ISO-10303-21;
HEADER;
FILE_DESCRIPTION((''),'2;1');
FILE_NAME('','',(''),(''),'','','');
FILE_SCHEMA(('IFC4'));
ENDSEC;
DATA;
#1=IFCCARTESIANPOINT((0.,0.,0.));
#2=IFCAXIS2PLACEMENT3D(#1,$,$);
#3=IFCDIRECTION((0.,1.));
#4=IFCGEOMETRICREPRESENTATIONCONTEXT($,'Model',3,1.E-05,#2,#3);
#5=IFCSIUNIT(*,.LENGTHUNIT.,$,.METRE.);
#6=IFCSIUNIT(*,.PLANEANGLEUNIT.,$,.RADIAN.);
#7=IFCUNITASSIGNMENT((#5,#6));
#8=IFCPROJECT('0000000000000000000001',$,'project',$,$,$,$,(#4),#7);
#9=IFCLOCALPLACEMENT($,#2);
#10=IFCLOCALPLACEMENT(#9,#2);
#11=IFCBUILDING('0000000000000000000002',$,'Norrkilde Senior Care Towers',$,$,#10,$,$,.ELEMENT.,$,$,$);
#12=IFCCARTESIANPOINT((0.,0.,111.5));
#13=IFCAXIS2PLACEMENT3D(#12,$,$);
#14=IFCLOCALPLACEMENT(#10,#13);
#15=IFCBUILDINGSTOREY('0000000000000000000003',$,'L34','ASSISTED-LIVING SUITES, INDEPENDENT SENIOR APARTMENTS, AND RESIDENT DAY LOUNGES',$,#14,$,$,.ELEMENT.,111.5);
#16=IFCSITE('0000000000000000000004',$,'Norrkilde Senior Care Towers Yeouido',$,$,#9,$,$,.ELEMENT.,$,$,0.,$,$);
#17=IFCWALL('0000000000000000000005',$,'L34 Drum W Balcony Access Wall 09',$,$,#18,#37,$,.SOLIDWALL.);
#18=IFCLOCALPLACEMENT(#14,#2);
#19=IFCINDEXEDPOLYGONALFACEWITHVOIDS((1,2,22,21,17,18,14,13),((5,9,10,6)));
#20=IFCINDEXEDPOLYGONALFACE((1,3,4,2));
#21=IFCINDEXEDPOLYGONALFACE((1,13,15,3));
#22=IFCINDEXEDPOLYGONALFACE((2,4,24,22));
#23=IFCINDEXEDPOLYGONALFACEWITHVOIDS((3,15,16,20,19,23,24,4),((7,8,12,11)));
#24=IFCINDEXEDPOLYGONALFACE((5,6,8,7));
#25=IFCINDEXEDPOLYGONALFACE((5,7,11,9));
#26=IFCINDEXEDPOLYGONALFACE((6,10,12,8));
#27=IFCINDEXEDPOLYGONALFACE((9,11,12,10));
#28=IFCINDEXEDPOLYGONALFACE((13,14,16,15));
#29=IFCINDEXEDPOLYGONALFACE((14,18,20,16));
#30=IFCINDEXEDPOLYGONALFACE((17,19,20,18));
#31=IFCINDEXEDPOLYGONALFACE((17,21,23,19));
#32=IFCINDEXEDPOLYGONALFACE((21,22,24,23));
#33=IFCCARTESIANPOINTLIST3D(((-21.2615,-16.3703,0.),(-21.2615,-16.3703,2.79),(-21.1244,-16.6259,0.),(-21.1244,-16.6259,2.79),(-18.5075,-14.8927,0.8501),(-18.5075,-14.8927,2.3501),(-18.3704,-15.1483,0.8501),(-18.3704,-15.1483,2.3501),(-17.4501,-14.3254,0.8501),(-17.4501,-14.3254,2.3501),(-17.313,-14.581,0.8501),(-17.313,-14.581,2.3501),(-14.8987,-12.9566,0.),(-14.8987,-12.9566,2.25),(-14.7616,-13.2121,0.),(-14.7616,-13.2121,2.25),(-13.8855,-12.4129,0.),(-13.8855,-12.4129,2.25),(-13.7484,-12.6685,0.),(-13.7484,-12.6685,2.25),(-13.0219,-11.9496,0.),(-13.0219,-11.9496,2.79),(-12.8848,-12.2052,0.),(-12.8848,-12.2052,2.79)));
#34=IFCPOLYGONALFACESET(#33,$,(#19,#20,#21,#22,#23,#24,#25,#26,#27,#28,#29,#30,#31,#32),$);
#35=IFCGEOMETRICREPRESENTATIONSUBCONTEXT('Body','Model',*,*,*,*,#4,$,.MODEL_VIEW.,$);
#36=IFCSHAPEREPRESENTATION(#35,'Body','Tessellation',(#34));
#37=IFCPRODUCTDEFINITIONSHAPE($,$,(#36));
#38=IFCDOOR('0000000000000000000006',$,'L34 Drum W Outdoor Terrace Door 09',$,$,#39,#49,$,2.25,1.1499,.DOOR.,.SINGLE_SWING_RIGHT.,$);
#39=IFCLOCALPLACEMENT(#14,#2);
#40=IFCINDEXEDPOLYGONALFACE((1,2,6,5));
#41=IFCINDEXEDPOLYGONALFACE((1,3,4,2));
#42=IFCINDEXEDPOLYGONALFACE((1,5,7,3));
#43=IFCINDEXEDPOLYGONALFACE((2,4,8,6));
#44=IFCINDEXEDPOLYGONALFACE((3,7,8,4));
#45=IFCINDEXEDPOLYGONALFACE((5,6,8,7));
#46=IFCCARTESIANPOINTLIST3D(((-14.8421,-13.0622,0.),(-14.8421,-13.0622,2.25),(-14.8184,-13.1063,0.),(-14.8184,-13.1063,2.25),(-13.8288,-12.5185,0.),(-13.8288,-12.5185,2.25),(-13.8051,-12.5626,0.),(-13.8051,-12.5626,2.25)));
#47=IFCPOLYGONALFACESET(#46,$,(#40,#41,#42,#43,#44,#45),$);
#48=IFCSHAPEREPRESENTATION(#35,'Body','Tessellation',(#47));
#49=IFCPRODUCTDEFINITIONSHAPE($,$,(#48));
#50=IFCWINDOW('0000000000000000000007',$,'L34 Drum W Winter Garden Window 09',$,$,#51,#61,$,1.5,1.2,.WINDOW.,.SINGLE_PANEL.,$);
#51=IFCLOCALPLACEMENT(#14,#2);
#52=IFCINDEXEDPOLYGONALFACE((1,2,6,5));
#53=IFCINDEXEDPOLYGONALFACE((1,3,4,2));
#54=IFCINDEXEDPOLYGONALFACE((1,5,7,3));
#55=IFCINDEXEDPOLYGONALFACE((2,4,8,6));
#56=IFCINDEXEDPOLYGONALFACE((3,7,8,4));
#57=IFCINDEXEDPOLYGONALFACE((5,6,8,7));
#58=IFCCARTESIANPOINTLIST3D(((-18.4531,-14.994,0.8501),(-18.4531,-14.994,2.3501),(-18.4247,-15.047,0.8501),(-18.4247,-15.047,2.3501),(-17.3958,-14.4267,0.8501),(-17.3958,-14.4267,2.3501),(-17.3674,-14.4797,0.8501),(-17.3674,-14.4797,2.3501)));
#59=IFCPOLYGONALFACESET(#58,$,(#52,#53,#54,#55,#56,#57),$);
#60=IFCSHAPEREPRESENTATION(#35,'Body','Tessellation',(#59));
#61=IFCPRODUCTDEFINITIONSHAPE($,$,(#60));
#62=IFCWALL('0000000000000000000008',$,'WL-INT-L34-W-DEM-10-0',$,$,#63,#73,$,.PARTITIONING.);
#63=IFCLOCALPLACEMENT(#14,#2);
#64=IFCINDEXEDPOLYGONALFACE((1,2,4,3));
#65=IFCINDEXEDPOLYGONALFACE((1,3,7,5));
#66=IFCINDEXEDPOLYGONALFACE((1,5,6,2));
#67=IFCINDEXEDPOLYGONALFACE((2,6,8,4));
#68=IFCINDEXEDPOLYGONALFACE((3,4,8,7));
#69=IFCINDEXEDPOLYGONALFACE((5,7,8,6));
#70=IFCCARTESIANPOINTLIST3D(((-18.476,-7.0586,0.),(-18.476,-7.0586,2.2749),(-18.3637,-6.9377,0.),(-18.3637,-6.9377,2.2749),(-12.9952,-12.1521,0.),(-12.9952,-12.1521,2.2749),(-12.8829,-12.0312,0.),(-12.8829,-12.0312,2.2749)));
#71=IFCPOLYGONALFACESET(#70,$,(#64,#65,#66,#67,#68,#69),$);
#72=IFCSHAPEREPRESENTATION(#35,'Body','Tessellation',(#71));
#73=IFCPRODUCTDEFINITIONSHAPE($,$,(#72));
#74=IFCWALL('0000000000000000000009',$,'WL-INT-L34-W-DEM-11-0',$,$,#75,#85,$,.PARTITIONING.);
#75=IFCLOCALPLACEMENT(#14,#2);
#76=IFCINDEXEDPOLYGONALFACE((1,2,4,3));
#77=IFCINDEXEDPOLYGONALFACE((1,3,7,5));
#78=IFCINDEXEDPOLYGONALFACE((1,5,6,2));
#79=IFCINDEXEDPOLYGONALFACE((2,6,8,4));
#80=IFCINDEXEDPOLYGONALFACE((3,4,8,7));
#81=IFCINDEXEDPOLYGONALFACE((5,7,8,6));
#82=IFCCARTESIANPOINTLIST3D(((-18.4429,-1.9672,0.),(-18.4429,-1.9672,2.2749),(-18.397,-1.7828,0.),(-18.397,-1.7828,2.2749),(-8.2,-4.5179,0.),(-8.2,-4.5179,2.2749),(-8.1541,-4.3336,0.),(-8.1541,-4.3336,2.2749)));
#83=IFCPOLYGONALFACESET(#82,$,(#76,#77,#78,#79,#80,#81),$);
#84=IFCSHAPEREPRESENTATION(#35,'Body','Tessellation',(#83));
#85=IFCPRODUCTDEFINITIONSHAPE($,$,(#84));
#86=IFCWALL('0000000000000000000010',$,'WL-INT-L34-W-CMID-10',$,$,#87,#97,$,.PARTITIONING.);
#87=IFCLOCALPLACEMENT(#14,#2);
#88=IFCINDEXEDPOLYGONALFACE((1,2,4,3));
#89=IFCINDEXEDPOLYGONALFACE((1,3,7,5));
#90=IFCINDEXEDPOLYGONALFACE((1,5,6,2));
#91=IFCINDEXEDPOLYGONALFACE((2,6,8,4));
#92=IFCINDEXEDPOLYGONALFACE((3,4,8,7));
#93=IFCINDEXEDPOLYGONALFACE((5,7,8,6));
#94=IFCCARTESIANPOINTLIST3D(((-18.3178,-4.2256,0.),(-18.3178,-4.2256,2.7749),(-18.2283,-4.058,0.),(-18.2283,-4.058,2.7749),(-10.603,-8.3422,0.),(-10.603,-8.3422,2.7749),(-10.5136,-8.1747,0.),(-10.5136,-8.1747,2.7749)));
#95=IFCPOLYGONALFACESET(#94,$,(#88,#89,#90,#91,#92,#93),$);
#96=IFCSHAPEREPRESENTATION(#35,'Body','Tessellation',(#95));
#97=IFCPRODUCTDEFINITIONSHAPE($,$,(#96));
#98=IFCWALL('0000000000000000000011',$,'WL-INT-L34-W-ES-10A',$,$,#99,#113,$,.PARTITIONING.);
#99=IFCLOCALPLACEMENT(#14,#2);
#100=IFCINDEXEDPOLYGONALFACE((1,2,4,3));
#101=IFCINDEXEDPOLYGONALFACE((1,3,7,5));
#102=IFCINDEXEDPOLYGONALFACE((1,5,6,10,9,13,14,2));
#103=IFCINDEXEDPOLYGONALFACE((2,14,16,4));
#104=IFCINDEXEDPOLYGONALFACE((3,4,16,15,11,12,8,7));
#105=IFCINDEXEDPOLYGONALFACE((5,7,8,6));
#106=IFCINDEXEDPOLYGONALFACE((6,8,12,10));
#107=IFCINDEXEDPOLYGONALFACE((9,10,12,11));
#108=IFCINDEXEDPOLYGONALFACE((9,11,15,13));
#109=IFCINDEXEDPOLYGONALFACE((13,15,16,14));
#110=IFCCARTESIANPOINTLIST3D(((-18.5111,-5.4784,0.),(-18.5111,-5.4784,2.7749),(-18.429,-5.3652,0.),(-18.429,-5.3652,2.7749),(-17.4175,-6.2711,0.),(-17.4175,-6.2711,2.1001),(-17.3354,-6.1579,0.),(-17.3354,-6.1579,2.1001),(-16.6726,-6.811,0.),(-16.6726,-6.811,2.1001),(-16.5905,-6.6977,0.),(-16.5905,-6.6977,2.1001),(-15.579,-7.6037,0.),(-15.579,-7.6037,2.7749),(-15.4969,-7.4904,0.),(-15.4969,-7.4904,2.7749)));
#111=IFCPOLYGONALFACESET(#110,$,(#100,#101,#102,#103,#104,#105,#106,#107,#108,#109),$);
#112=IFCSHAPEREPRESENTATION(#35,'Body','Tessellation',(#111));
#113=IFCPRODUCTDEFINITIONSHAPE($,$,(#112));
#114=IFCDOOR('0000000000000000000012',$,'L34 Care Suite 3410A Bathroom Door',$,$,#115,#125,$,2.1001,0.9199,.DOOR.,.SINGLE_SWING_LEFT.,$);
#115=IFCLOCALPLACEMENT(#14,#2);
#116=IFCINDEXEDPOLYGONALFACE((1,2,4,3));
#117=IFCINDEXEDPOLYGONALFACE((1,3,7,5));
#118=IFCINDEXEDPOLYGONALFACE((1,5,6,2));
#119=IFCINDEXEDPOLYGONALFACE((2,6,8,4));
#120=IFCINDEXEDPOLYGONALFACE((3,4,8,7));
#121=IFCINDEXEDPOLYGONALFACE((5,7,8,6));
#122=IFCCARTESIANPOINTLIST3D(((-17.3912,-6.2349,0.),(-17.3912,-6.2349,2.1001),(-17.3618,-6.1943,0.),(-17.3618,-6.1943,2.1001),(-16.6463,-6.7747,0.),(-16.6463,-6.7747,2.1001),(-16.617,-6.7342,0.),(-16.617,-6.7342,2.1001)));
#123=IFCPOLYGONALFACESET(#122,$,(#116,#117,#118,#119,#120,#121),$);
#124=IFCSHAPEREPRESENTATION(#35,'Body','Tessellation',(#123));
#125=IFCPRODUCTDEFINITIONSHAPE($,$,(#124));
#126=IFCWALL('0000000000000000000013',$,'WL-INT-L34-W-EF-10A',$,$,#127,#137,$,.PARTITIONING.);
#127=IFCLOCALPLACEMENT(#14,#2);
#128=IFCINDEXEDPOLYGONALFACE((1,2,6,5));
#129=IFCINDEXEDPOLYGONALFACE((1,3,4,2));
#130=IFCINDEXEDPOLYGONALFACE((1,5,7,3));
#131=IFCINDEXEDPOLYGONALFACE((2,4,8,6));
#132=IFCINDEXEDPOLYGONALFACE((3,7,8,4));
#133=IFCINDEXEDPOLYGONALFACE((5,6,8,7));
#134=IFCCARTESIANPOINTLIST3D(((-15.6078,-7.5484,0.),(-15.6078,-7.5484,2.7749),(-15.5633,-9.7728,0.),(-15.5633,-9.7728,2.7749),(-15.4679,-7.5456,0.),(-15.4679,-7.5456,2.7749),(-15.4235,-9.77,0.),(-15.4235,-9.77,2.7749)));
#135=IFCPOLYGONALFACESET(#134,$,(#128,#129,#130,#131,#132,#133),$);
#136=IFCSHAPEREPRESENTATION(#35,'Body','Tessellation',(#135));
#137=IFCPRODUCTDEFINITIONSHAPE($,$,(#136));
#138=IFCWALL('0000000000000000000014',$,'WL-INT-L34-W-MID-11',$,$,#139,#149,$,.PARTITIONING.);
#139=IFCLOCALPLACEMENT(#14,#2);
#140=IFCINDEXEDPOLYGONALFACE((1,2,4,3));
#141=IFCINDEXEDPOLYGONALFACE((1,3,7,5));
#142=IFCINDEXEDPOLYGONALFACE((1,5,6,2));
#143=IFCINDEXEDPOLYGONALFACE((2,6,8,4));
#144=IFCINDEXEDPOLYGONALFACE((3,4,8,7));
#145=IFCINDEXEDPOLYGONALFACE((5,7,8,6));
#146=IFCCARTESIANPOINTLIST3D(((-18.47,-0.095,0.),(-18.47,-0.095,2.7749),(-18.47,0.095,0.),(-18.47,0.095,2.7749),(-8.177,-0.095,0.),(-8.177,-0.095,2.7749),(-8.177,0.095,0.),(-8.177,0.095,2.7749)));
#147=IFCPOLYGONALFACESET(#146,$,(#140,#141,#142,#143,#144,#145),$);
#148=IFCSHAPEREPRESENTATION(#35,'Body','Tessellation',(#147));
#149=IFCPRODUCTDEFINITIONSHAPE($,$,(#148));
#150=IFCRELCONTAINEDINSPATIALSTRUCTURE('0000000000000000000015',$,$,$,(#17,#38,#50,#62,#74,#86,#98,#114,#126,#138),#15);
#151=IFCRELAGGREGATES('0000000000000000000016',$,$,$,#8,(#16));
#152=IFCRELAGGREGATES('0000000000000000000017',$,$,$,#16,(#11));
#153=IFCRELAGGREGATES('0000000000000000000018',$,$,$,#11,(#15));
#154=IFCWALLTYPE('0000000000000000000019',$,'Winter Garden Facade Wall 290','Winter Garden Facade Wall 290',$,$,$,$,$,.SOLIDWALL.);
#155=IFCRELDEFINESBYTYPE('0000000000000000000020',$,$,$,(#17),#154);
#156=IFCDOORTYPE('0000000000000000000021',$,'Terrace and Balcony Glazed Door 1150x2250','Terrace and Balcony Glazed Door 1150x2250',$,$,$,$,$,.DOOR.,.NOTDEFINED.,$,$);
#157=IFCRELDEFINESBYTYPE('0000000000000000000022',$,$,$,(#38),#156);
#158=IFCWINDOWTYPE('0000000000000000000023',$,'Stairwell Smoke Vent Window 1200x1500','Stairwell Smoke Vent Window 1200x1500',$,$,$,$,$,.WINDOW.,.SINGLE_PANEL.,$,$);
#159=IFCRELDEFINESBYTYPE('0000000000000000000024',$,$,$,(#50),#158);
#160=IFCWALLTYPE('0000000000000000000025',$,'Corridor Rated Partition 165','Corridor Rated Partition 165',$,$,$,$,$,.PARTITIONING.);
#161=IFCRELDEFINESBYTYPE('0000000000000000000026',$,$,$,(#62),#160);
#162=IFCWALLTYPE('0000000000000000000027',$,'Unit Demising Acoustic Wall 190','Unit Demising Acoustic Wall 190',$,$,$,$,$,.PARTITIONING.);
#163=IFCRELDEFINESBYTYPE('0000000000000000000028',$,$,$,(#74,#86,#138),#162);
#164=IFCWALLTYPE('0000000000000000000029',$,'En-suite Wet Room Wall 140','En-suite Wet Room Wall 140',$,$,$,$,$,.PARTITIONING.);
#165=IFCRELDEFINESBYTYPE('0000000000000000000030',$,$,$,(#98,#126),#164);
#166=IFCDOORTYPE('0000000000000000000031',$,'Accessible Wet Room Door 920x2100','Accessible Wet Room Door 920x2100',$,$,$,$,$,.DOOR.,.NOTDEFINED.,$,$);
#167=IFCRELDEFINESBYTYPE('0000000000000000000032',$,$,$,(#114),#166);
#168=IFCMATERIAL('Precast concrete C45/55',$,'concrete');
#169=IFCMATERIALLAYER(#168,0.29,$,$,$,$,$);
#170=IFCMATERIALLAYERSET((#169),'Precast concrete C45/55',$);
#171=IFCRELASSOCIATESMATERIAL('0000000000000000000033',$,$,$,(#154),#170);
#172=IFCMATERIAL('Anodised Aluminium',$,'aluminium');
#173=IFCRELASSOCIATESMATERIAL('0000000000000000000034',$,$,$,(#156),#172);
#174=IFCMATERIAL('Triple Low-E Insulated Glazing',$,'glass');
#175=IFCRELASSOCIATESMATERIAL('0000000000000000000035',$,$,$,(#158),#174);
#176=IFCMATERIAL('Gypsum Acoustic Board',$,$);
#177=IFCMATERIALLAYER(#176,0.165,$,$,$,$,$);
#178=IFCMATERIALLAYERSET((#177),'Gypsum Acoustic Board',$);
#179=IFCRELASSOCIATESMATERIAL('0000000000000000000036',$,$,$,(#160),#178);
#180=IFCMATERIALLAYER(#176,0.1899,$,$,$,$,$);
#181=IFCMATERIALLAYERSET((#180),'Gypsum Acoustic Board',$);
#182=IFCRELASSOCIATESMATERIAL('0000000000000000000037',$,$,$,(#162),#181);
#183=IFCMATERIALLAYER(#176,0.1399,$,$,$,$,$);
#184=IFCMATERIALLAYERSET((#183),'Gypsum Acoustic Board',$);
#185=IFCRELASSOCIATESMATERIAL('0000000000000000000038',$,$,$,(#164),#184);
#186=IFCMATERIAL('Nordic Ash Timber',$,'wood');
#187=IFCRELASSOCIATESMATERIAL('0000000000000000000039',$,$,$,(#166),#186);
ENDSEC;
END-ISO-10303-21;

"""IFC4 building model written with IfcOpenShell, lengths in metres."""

from ifc_helpers import new_model, si_unit, direction, frame, frame_2d, origin, place, context, subcontext, project, spatial, rectangle, extrude, source, transform, mapped, material, layer, layer_set, type_object, type_shapes, element, fill, save


model = new_model("IFC4")

# Units and contexts
model_context = context("Model", 3, precision=1e-05, world=origin(), true_north=direction((0.0, 1.0)))
body_context = subcontext(model_context, "Body", "Model", "MODEL_VIEW")
ifc_project = project(units=[si_unit("LENGTHUNIT", "METRE"), si_unit("PLANEANGLEUNIT", "RADIAN")], contexts=[model_context])

# Site, building, storey
site_placement = place(None, origin())
site = spatial("IfcSite", under=ifc_project, at=site_placement, Name="Norrkilde Senior Care Towers Yeouido", CompositionType="ELEMENT", RefElevation=0.0)
building_placement = place(site_placement, origin())
building = spatial("IfcBuilding", under=site, at=building_placement, Name="Norrkilde Senior Care Towers", CompositionType="ELEMENT")
storey_placement = place(building_placement, frame((0.0, 0.0, 111.5)))
storey = spatial("IfcBuildingStorey", under=building, at=storey_placement, Name="L34", Description="ASSISTED-LIVING SUITES, INDEPENDENT SENIOR APARTMENTS, AND RESIDENT DAY LOUNGES", CompositionType="ELEMENT", Elevation=111.5)

# Shared definitions
ifc_material_1 = material(Name="Triple Low-E Insulated Glazing", Category="glass")
ifc_material_2 = material(Name="Anodised Aluminium", Category="aluminium")

# Wall, openings, door, window
ifc_material_3 = material(Name="Precast concrete C45/55", Category="concrete")
ifc_layer_1 = layer(ifc_material_3, 0.29)
ifc_layer_set_1 = layer_set([ifc_layer_1], Name="Precast concrete C45/55")
wall_type_1 = type_object("IfcWallType", Name="Winter Garden Facade Wall 290", Description="Winter Garden Facade Wall 290", PredefinedType="SOLIDWALL", material=ifc_layer_set_1)
shared_shape_1 = source(origin(), body_context, "Body", "SweptSolid", [
    extrude(rectangle(XDim=9.3506, YDim=0.29, at=frame_2d((4.6753, 0.0))), origin(), (0.0, 0.0, 1.0), 2.79),
])
type_shapes(wall_type_1, [shared_shape_1])
wall_1_placement = place(storey_placement, frame((-12.9534, -12.0774, 0.0), z_axis=(0.0, 0.0, 1.0), x_axis=(-0.881184, -0.472773, 0.0)))
wall_1 = element("IfcWall", 1, at=wall_1_placement, inside=storey, type_object=wall_type_1, Name="L34 Drum W Balcony Access Wall 09", PredefinedType="SOLIDWALL", context=body_context, shape_type="MappedRepresentation", body=[
    mapped(shared_shape_1, transform((0.0, 0.0, 0.0), x_axis=(1.0, 0.0, 0.0), y_axis=(0.0, 1.0, 0.0), z_axis=(0.0, 0.0, 1.0), scale=1.0)),
])
opening_1_placement = place(wall_1_placement, frame((0.98, 0.0, 0.0)))
opening_1 = element("IfcOpeningElement", 2, at=opening_1_placement, cuts=wall_1, PredefinedType="OPENING", context=body_context, shape_type="SweptSolid", body=[
    extrude(rectangle(XDim=1.1499, YDim=2.25, at=frame_2d((0.575, 1.125))), frame((0.0, 0.155, 0.0), z_axis=(0.0, -1.0, 0.0), x_axis=(1.0, 0.0, 0.0)), (0.0, 0.0, 1.0), 0.3101),
])
opening_2_placement = place(wall_1_placement, frame((5.0251, 0.0, 0.8501)))
opening_2 = element("IfcOpeningElement", 3, at=opening_2_placement, cuts=wall_1, PredefinedType="OPENING", context=body_context, shape_type="SweptSolid", body=[
    extrude(rectangle(XDim=1.2, YDim=1.5, at=frame_2d((0.6001, 0.75))), frame((0.0, 0.155, 0.0), z_axis=(0.0, -1.0, 0.0), x_axis=(1.0, 0.0, 0.0)), (0.0, 0.0, 1.0), 0.3101),
])
door_type_1 = type_object("IfcDoorType", Name="Terrace and Balcony Glazed Door 1150x2250", Description="Terrace and Balcony Glazed Door 1150x2250", OperationType="NOTDEFINED", PredefinedType="DOOR", material=ifc_material_2)
shared_shape_2 = source(origin(), body_context, "Body", "SweptSolid", [
    extrude(rectangle(XDim=1.1499, YDim=2.25, at=frame_2d((0.575, 1.125))), frame((0.0, 0.0249, 0.0), z_axis=(0.0, -1.0, 0.0), x_axis=(1.0, 0.0, 0.0)), (0.0, 0.0, 1.0), 0.05),
])
type_shapes(door_type_1, [shared_shape_2])
door_1_placement = place(opening_1_placement, origin())
door_1 = element("IfcDoor", 4, at=door_1_placement, inside=storey, type_object=door_type_1, Name="L34 Drum W Outdoor Terrace Door 09", OperationType="SINGLE_SWING_RIGHT", OverallHeight=2.25, OverallWidth=1.1499, PredefinedType="DOOR", context=body_context, shape_type="MappedRepresentation", body=[
    mapped(shared_shape_2, transform((0.0, 0.0, 0.0), x_axis=(1.0, 0.0, 0.0), y_axis=(0.0, 1.0, 0.0), z_axis=(0.0, 0.0, 1.0), scale=1.0)),
])
fill(opening_1, door_1)
window_type = type_object("IfcWindowType", Name="Stairwell Smoke Vent Window 1200x1500", Description="Stairwell Smoke Vent Window 1200x1500", PartitioningType="SINGLE_PANEL", PredefinedType="WINDOW", material=ifc_material_1)
shared_shape_3 = source(origin(), body_context, "Body", "SweptSolid", [
    extrude(rectangle(XDim=1.2, YDim=1.5, at=frame_2d((0.6001, 0.75))), frame((0.0, 0.03, 0.0), z_axis=(0.0, -1.0, 0.0), x_axis=(1.0, 0.0, 0.0)), (0.0, 0.0, 1.0), 0.0601),
])
type_shapes(window_type, [shared_shape_3])
window_placement = place(opening_2_placement, origin())
window = element("IfcWindow", 5, at=window_placement, inside=storey, type_object=window_type, Name="L34 Drum W Winter Garden Window 09", OverallHeight=1.5, OverallWidth=1.2, PartitioningType="SINGLE_PANEL", PredefinedType="WINDOW", context=body_context, shape_type="MappedRepresentation", body=[
    mapped(shared_shape_3, transform((0.0, 0.0, 0.0), x_axis=(1.0, 0.0, 0.0), y_axis=(0.0, 1.0, 0.0), z_axis=(0.0, 0.0, 1.0), scale=1.0)),
])
fill(opening_2, window)

# Walls
ifc_material_4 = material(Name="Gypsum Acoustic Board")
ifc_layer_2 = layer(ifc_material_4, 0.165)
ifc_layer_set_2 = layer_set([ifc_layer_2], Name="Gypsum Acoustic Board")
wall_type_2 = type_object("IfcWallType", Name="Corridor Rated Partition 165", Description="Corridor Rated Partition 165", PredefinedType="PARTITIONING", material=ifc_layer_set_2)
shared_shape_4 = source(origin(), body_context, "Body", "SweptSolid", [
    extrude(rectangle(XDim=7.4822, YDim=0.165, at=frame_2d((3.7412, 0.0))), origin(), (0.0, 0.0, 1.0), 2.2749),
])
type_shapes(wall_type_2, [shared_shape_4])
wall_2_placement = place(storey_placement, frame((-18.4199, -6.998, 0.0), z_axis=(0.0, 0.0, 1.0), x_axis=(0.732509, -0.680758, 0.0)))
element("IfcWall", 6, at=wall_2_placement, inside=storey, type_object=wall_type_2, Name="WL-INT-L34-W-DEM-10-0", PredefinedType="PARTITIONING", context=body_context, shape_type="MappedRepresentation", body=[
    mapped(shared_shape_4, transform((0.0, 0.0, 0.0), x_axis=(1.0, 0.0, 0.0), y_axis=(0.0, 1.0, 0.0), z_axis=(0.0, 0.0, 1.0), scale=1.0)),
])
ifc_layer_3 = layer(ifc_material_4, 0.1899)
ifc_layer_set_3 = layer_set([ifc_layer_3], Name="Gypsum Acoustic Board")
wall_type_3 = type_object("IfcWallType", Name="Unit Demising Acoustic Wall 190", Description="Unit Demising Acoustic Wall 190", PredefinedType="PARTITIONING", material=ifc_layer_set_3)
shared_shape_5 = source(origin(), body_context, "Body", "SweptSolid", [
    extrude(rectangle(XDim=10.5557, YDim=0.1899, at=frame_2d((5.2778, 0.0))), origin(), (0.0, 0.0, 1.0), 2.2749),
])
wall_3_placement = place(storey_placement, frame((-18.4199, -1.875, 0.0), z_axis=(0.0, 0.0, 1.0), x_axis=(0.970364, -0.241648, 0.0)))
element("IfcWall", 7, at=wall_3_placement, inside=storey, type_object=wall_type_3, Name="WL-INT-L34-W-DEM-11-0", PredefinedType="PARTITIONING", context=body_context, shape_type="MappedRepresentation", body=[
    mapped(shared_shape_5, transform((0.0, 0.0, 0.0), x_axis=(1.0, 0.0, 0.0), y_axis=(0.0, 1.0, 0.0), z_axis=(0.0, 0.0, 1.0), scale=1.0)),
])
shared_shape_6 = source(origin(), body_context, "Body", "SweptSolid", [
    extrude(rectangle(XDim=8.7444, YDim=0.1899, at=frame_2d((4.3721, 0.0))), origin(), (0.0, 0.0, 1.0), 2.7749),
])
wall_4_placement = place(storey_placement, frame((-18.2729, -4.1418, 0.0), z_axis=(0.0, 0.0, 1.0), x_axis=(0.882252, -0.470777, 0.0)))
element("IfcWall", 8, at=wall_4_placement, inside=storey, type_object=wall_type_3, Name="WL-INT-L34-W-CMID-10", PredefinedType="PARTITIONING", context=body_context, shape_type="MappedRepresentation", body=[
    mapped(shared_shape_6, transform((0.0, 0.0, 0.0), x_axis=(1.0, 0.0, 0.0), y_axis=(0.0, 1.0, 0.0), z_axis=(0.0, 0.0, 1.0), scale=1.0)),
])

# Wall, opening, door
ifc_layer_4 = layer(ifc_material_4, 0.1399)
ifc_layer_set_4 = layer_set([ifc_layer_4], Name="Gypsum Acoustic Board")
wall_type_4 = type_object("IfcWallType", Name="En-suite Wet Room Wall 140", Description="En-suite Wet Room Wall 140", PredefinedType="PARTITIONING", material=ifc_layer_set_4)
shared_shape_7 = source(origin(), body_context, "Body", "SweptSolid", [
    extrude(rectangle(XDim=3.6213, YDim=0.1399, at=frame_2d((1.8105, 0.0))), origin(), (0.0, 0.0, 1.0), 2.7749),
])
wall_5_placement = place(storey_placement, frame((-18.47, -5.4219, 0.0), z_axis=(0.0, 0.0, 1.0), x_axis=(0.809683, -0.586868, 0.0)))
wall_5 = element("IfcWall", 9, at=wall_5_placement, inside=storey, type_object=wall_type_4, Name="WL-INT-L34-W-ES-10A", PredefinedType="PARTITIONING", context=body_context, shape_type="MappedRepresentation", body=[
    mapped(shared_shape_7, transform((0.0, 0.0, 0.0), x_axis=(1.0, 0.0, 0.0), y_axis=(0.0, 1.0, 0.0), z_axis=(0.0, 0.0, 1.0), scale=1.0)),
])
opening_3_placement = place(wall_5_placement, frame((1.3506, 0.0, 0.0)))
opening_3 = element("IfcOpeningElement", 10, at=opening_3_placement, cuts=wall_5, PredefinedType="OPENING", context=body_context, shape_type="SweptSolid", body=[
    extrude(rectangle(XDim=0.9199, YDim=2.1001, at=frame_2d((0.46, 1.05))), frame((0.0, 0.0798, 0.0), z_axis=(0.0, -1.0, 0.0), x_axis=(1.0, 0.0, 0.0)), (0.0, 0.0, 1.0), 0.1599),
])
ifc_material_5 = material(Name="Nordic Ash Timber", Category="wood")
door_type_2 = type_object("IfcDoorType", Name="Accessible Wet Room Door 920x2100", Description="Accessible Wet Room Door 920x2100", OperationType="NOTDEFINED", PredefinedType="DOOR", material=ifc_material_5)
shared_shape_8 = source(origin(), body_context, "Body", "SweptSolid", [
    extrude(rectangle(XDim=0.9199, YDim=2.1001, at=frame_2d((0.46, 1.05))), frame((0.0, 0.0249, 0.0), z_axis=(0.0, -1.0, 0.0), x_axis=(1.0, 0.0, 0.0)), (0.0, 0.0, 1.0), 0.05),
])
type_shapes(door_type_2, [shared_shape_8])
door_2_placement = place(opening_3_placement, origin())
door_2 = element("IfcDoor", 11, at=door_2_placement, inside=storey, type_object=door_type_2, Name="L34 Care Suite 3410A Bathroom Door", OperationType="SINGLE_SWING_LEFT", OverallHeight=2.1001, OverallWidth=0.9199, PredefinedType="DOOR", context=body_context, shape_type="MappedRepresentation", body=[
    mapped(shared_shape_8, transform((0.0, 0.0, 0.0), x_axis=(1.0, 0.0, 0.0), y_axis=(0.0, 1.0, 0.0), z_axis=(0.0, 0.0, 1.0), scale=1.0)),
])
fill(opening_3, door_2)

# Walls
shared_shape_9 = source(origin(), body_context, "Body", "SweptSolid", [
    extrude(rectangle(XDim=2.2249, YDim=0.1399, at=frame_2d((1.1123, 0.0))), origin(), (0.0, 0.0, 1.0), 2.7749),
])
type_shapes(wall_type_4, [shared_shape_7, shared_shape_9])
wall_6_placement = place(storey_placement, frame((-15.5378, -7.5471, 0.0), z_axis=(0.0, 0.0, 1.0), x_axis=(0.019972, -0.999801, 0.0)))
element("IfcWall", 12, at=wall_6_placement, inside=storey, type_object=wall_type_4, Name="WL-INT-L34-W-EF-10A", PredefinedType="PARTITIONING", context=body_context, shape_type="MappedRepresentation", body=[
    mapped(shared_shape_9, transform((0.0, 0.0, 0.0), x_axis=(1.0, 0.0, 0.0), y_axis=(0.0, 1.0, 0.0), z_axis=(0.0, 0.0, 1.0), scale=1.0)),
])
shared_shape_10 = source(origin(), body_context, "Body", "SweptSolid", [
    extrude(rectangle(XDim=10.293, YDim=0.1899, at=frame_2d((5.1465, 0.0))), origin(), (0.0, 0.0, 1.0), 2.7749),
])
type_shapes(wall_type_3, [shared_shape_5, shared_shape_6, shared_shape_10])
wall_7_placement = place(storey_placement, frame((-18.47, 0.0, 0.0), z_axis=(0.0, 0.0, 1.0), x_axis=(1.0, 0.0, 0.0)))
element("IfcWall", 13, at=wall_7_placement, inside=storey, type_object=wall_type_3, Name="WL-INT-L34-W-MID-11", PredefinedType="PARTITIONING", context=body_context, shape_type="MappedRepresentation", body=[
    mapped(shared_shape_10, transform((0.0, 0.0, 0.0), x_axis=(1.0, 0.0, 0.0), y_axis=(0.0, 1.0, 0.0), z_axis=(0.0, 0.0, 1.0), scale=1.0)),
])

save(model, "model.ifc")
